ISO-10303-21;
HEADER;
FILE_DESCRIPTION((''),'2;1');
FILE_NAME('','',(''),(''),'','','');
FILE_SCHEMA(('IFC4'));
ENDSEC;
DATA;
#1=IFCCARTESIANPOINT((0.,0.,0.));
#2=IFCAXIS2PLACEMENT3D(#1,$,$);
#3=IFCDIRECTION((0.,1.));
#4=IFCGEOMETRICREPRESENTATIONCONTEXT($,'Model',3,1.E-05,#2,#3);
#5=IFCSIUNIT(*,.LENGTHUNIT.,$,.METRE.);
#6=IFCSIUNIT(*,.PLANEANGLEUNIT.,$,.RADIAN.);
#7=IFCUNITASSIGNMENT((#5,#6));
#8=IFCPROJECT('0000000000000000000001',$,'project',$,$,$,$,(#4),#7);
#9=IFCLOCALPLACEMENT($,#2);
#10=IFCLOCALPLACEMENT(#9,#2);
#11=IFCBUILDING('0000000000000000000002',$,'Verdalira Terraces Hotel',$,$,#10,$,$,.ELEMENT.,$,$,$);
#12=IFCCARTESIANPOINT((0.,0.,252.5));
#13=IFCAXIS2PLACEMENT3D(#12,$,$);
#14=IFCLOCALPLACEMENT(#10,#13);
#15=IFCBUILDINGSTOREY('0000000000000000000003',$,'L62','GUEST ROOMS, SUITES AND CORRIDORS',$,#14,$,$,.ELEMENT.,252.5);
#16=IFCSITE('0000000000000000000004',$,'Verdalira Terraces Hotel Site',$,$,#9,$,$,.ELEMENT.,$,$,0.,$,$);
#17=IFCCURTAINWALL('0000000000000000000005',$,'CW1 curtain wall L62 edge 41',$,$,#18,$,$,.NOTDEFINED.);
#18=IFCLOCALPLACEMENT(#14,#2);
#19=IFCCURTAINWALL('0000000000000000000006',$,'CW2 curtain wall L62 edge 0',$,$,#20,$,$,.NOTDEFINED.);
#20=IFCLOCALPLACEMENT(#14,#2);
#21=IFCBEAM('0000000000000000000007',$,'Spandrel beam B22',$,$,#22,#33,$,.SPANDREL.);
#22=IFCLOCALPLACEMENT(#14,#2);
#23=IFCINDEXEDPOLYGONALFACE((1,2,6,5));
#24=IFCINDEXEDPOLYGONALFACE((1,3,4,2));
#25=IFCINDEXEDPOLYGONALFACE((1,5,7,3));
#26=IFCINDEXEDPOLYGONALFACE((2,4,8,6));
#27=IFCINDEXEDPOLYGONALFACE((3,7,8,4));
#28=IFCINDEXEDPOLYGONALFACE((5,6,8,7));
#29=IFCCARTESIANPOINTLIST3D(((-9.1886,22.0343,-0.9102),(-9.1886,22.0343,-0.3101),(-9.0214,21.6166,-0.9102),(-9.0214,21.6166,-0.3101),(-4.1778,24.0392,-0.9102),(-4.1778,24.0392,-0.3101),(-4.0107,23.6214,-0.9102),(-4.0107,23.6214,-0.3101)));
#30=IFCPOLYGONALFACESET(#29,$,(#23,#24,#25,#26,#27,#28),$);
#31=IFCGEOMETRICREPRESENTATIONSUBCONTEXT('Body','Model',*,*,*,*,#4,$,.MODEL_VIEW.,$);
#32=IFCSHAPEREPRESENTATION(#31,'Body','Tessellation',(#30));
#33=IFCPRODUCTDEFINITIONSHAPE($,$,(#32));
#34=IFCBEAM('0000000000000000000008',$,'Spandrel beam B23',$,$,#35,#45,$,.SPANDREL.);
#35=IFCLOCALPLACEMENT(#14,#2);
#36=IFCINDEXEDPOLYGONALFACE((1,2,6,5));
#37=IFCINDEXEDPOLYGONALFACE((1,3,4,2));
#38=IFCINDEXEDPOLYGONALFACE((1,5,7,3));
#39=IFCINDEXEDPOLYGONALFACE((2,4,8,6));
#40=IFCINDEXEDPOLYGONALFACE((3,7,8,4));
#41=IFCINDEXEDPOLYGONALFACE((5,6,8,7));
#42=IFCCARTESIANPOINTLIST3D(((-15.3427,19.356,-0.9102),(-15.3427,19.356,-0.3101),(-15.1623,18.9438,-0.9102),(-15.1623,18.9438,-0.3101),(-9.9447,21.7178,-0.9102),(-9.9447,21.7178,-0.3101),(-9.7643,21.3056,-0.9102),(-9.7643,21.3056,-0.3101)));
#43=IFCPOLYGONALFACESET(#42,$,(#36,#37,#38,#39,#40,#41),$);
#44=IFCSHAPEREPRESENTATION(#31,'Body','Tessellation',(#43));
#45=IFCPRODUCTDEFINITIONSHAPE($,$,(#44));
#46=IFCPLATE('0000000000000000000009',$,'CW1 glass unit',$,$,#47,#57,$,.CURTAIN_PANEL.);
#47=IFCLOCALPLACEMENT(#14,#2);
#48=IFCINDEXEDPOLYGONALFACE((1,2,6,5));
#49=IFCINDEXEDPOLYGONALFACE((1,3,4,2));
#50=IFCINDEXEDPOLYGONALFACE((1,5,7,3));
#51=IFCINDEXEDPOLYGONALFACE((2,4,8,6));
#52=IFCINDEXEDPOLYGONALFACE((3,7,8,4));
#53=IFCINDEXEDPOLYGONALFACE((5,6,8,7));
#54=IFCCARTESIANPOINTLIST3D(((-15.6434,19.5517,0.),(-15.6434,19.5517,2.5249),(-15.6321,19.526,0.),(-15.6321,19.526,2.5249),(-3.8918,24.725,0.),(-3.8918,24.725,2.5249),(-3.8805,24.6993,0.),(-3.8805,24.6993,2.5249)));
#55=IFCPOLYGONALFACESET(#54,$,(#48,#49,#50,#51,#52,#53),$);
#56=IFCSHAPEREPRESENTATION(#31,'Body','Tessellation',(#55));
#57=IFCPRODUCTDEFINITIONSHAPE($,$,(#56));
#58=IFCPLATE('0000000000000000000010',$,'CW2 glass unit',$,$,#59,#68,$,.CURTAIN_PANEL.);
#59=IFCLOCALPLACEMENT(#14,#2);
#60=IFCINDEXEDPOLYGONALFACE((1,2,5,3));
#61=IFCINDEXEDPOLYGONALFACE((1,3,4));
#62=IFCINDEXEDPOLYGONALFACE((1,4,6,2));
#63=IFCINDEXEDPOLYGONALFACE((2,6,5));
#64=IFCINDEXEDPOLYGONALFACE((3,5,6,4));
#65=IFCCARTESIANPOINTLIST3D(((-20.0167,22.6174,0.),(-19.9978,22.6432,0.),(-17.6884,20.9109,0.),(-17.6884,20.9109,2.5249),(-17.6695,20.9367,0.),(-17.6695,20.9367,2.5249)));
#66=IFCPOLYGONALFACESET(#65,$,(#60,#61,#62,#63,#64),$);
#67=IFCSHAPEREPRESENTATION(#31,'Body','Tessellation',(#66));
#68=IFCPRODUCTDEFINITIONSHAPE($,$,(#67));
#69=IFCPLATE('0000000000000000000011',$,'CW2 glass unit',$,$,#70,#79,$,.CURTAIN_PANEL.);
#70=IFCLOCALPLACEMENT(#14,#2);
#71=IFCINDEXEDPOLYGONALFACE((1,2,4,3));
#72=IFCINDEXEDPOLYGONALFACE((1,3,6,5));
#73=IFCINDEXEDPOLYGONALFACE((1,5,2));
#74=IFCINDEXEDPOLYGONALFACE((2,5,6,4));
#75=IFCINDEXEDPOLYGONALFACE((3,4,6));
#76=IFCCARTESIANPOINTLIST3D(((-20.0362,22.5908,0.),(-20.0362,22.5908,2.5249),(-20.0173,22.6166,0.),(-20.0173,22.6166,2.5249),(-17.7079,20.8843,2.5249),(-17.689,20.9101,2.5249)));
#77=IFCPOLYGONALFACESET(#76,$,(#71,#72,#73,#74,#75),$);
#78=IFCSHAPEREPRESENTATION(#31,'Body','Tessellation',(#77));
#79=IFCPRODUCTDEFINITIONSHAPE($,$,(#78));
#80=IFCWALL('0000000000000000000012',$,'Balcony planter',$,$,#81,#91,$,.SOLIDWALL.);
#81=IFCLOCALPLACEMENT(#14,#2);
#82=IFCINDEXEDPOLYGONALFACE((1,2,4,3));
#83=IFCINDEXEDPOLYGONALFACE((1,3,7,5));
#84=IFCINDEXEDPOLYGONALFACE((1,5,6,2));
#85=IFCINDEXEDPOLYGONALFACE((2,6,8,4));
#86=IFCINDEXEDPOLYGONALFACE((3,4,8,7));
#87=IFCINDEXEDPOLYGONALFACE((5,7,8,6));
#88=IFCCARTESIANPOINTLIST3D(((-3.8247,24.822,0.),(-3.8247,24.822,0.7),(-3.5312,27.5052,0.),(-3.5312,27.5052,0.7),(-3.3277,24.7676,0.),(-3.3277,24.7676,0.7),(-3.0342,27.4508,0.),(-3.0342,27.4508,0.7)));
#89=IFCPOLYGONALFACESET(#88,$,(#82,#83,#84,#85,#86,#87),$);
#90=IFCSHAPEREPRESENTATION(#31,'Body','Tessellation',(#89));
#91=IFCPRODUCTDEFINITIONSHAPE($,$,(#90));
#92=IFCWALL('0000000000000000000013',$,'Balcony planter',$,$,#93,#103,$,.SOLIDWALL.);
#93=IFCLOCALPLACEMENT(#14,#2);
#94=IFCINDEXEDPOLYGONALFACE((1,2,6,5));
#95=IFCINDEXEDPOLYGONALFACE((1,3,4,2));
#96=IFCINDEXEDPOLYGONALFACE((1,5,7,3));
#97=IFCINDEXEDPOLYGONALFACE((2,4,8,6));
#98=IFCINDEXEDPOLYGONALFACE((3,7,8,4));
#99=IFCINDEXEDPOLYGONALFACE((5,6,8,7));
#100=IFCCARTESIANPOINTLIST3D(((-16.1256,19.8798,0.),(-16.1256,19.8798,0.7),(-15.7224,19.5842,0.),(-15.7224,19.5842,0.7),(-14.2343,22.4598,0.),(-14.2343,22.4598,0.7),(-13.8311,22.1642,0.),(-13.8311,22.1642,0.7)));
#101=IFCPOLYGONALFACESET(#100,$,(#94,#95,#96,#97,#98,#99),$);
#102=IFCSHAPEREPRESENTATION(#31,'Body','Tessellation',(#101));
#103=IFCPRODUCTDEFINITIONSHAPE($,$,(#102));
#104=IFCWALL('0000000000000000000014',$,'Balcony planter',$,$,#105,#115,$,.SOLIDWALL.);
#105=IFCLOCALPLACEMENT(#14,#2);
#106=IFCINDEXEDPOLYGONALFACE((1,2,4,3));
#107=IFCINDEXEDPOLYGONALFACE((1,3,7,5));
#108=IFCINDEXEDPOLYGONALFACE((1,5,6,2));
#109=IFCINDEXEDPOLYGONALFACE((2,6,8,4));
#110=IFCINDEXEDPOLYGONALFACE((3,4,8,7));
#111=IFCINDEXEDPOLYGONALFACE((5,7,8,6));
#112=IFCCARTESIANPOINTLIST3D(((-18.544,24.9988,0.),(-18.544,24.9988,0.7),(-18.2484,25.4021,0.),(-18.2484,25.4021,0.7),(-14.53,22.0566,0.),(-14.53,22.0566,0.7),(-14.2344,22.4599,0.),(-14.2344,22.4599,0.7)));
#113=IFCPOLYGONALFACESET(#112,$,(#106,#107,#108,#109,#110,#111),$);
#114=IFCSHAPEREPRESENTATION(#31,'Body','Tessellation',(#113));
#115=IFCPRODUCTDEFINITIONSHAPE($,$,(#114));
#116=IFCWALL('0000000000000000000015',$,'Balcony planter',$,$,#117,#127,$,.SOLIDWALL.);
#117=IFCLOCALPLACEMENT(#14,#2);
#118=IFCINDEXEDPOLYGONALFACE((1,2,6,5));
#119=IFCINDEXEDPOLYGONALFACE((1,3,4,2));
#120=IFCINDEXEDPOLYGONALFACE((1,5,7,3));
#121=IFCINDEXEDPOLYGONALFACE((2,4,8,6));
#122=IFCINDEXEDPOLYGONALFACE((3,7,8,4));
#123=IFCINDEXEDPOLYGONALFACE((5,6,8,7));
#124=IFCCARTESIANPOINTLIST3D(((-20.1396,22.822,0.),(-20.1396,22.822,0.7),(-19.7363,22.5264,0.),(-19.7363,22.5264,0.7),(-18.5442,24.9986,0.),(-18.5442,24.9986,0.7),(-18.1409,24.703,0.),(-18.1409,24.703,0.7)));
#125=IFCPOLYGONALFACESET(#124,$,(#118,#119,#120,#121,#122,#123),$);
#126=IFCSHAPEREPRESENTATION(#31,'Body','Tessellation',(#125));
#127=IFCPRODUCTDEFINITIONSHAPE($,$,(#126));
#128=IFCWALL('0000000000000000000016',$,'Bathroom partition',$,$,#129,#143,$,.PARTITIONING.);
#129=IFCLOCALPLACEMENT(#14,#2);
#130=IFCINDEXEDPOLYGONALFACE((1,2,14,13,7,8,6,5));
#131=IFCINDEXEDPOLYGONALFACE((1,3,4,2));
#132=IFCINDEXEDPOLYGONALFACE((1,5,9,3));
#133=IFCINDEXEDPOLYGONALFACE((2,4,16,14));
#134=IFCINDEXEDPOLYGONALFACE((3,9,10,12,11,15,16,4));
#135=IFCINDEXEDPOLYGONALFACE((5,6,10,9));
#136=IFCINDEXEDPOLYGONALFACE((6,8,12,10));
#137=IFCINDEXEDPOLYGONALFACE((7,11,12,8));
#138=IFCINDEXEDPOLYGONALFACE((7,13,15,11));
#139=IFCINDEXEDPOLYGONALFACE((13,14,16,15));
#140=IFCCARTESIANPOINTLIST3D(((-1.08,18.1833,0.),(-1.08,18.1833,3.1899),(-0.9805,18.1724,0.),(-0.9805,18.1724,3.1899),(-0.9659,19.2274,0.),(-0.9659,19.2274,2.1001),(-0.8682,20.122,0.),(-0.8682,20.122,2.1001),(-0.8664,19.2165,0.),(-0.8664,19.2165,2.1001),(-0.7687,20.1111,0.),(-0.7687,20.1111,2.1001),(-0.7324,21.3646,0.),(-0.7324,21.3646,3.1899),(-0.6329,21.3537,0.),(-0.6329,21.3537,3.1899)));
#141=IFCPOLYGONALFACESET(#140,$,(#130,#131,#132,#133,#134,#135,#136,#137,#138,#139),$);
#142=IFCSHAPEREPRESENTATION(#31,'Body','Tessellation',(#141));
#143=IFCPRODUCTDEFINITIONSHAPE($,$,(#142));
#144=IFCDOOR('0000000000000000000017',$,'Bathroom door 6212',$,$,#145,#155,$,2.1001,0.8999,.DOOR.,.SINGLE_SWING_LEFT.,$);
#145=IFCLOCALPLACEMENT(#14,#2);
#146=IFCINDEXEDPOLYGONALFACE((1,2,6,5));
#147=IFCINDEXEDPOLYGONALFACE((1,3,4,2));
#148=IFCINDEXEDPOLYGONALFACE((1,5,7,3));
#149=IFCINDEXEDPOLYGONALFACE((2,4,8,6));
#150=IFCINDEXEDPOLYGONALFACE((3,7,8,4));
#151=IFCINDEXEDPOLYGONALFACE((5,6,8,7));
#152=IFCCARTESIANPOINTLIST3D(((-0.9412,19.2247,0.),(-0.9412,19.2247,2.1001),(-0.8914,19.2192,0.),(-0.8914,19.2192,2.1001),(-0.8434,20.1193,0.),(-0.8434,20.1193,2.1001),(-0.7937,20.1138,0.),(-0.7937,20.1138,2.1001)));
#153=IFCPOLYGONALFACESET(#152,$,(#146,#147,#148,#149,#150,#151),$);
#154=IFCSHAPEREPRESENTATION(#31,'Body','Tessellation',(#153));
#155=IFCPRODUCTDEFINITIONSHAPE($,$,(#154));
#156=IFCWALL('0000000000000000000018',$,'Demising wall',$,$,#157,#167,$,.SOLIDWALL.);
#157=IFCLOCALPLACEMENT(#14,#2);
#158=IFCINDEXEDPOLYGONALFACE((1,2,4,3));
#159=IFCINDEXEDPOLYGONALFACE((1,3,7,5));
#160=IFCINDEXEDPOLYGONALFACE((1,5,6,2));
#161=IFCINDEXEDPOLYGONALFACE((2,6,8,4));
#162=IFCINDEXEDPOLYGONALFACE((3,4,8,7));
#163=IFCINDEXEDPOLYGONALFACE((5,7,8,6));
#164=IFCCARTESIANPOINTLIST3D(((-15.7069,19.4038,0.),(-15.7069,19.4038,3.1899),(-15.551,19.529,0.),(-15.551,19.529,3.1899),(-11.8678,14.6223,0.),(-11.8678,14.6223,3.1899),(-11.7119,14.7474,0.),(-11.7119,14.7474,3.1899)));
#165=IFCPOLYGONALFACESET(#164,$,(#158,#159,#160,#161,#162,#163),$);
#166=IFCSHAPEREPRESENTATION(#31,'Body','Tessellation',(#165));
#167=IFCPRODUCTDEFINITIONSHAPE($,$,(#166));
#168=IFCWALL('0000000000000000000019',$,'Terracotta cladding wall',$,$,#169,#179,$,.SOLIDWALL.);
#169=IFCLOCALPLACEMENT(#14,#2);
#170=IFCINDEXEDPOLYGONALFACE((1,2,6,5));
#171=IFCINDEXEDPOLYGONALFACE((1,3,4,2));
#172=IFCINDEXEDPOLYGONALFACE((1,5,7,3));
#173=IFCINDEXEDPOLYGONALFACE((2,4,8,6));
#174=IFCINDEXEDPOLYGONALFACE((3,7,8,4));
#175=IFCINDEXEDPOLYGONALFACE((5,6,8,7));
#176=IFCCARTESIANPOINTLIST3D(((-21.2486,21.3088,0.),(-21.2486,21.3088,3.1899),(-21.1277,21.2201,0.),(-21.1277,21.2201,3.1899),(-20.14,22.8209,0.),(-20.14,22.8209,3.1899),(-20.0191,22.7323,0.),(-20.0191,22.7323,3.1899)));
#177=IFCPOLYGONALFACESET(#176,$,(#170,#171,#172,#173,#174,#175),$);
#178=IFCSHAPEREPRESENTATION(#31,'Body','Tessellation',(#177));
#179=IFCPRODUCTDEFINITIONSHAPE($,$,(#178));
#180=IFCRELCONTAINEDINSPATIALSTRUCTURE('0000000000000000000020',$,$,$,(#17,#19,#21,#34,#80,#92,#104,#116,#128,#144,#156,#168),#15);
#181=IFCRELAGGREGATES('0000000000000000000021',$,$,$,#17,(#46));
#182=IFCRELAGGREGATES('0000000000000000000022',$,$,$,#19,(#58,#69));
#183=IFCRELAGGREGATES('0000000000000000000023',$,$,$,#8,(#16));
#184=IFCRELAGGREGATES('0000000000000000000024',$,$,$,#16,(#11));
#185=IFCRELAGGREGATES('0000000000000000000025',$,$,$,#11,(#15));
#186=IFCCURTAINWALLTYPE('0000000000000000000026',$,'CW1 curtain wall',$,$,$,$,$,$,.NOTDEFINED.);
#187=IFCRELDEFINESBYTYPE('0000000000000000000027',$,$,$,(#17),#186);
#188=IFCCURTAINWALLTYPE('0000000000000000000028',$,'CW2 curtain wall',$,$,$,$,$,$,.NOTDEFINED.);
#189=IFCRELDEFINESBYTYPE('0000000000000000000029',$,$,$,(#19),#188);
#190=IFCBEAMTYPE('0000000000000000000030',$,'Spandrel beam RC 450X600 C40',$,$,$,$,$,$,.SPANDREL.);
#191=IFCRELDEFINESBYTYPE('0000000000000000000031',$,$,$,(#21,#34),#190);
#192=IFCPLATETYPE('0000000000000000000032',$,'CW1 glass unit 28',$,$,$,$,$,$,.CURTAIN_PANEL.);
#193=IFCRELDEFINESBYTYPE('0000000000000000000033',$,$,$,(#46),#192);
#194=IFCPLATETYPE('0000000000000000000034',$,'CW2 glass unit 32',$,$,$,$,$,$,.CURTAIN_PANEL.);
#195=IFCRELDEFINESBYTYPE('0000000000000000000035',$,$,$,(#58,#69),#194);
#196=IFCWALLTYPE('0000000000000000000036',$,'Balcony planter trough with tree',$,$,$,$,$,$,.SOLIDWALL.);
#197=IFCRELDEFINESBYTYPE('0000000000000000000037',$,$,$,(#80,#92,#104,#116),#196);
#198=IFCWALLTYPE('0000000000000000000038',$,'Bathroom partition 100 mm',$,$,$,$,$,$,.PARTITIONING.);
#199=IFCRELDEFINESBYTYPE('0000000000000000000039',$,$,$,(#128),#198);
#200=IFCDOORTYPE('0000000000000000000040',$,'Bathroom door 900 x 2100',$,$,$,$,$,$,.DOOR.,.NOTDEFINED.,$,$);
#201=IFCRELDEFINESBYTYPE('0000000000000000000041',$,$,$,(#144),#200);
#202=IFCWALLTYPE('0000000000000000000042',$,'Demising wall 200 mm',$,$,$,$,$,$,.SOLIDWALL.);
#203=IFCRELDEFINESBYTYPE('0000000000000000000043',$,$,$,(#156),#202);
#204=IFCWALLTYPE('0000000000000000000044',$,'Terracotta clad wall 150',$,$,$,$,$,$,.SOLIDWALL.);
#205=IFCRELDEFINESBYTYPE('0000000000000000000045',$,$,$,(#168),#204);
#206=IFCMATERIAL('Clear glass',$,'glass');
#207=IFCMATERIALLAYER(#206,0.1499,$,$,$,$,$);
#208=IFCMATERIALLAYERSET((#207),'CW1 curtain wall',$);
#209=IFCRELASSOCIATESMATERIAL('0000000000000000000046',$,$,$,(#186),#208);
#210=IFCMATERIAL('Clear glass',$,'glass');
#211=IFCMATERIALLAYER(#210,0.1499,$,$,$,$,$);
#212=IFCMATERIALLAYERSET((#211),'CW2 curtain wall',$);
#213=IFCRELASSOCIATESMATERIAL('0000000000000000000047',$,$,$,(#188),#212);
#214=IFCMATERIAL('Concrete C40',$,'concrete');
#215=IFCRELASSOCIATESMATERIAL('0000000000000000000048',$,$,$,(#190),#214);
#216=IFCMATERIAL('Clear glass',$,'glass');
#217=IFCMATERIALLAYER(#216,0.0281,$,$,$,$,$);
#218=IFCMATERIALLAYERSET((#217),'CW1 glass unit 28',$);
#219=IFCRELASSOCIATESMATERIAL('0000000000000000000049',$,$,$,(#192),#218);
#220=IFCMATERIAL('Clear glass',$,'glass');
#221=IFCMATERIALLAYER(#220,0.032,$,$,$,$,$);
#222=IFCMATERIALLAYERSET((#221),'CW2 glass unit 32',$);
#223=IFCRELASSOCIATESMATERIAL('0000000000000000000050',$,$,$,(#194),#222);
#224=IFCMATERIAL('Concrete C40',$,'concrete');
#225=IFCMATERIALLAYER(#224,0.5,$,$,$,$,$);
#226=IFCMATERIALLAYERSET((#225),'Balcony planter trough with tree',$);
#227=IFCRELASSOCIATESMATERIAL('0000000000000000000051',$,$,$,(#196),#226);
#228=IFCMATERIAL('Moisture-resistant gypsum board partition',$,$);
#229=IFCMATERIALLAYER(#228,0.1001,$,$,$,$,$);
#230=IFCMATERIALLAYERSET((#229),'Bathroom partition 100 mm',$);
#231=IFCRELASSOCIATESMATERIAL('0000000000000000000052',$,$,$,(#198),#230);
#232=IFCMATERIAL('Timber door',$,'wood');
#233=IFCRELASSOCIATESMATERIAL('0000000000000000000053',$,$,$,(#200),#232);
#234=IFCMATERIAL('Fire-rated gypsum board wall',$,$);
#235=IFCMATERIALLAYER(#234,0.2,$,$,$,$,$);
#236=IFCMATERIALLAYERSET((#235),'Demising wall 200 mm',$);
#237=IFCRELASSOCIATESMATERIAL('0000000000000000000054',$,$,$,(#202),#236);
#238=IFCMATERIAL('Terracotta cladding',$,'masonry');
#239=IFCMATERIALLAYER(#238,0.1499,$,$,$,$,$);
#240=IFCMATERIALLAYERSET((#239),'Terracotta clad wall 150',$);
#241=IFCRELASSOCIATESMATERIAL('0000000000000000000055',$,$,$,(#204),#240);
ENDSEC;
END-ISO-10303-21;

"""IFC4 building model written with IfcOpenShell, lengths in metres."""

from ifc_helpers import new_model, si_unit, direction, frame, frame_2d, origin, origin_2d, place, context, subcontext, project, spatial, polyline, rectangle, outline, extrude, material, layer, layer_set, material_profile, profile_set, type_object, element, fill, aggregate, save


model = new_model("IFC4")

# Units and contexts
model_context = context("Model", 3, precision=1e-05, world=origin(), true_north=direction((0.0, 1.0)))
body_context = subcontext(model_context, "Body", "Model", "MODEL_VIEW")
ifc_project = project(units=[si_unit("LENGTHUNIT", "METRE"), si_unit("PLANEANGLEUNIT", "RADIAN")], contexts=[model_context])

# Site, building, storey
site_placement = place(None, origin())
site = spatial("IfcSite", under=ifc_project, at=site_placement, Name="Verdalira Terraces Hotel Site", CompositionType="ELEMENT", RefElevation=0.0)
building_placement = place(site_placement, origin())
building = spatial("IfcBuilding", under=site, at=building_placement, Name="Verdalira Terraces Hotel", CompositionType="ELEMENT")
storey_placement = place(building_placement, frame((0.0, 0.0, 252.5)))
storey = spatial("IfcBuildingStorey", under=building, at=storey_placement, Name="L62", Description="GUEST ROOMS, SUITES AND CORRIDORS", CompositionType="ELEMENT", Elevation=252.5)

# Shared definitions
ifc_material_1 = material(Name="Clear glass", Category="glass")
ifc_layer_1 = layer(ifc_material_1, 0.1499)
ifc_layer_set_1 = layer_set([ifc_layer_1], Name="CW1 curtain wall")
curtain_wall_type_1 = type_object("IfcCurtainWallType", Name="CW1 curtain wall", PredefinedType="NOTDEFINED", material=ifc_layer_set_1)

# Curtain walls
curtain_wall_1_placement = place(storey_placement, origin())
curtain_wall_1 = element("IfcCurtainWall", 1, at=curtain_wall_1_placement, inside=storey, type_object=curtain_wall_type_1, Name="CW1 curtain wall L62 edge 41", PredefinedType="NOTDEFINED")
ifc_material_2 = material(Name="Clear glass", Category="glass")
ifc_layer_2 = layer(ifc_material_2, 0.1499)
ifc_layer_set_2 = layer_set([ifc_layer_2], Name="CW2 curtain wall")
curtain_wall_type_2 = type_object("IfcCurtainWallType", Name="CW2 curtain wall", PredefinedType="NOTDEFINED", material=ifc_layer_set_2)
curtain_wall_2_placement = place(storey_placement, origin())
curtain_wall_2 = element("IfcCurtainWall", 2, at=curtain_wall_2_placement, inside=storey, type_object=curtain_wall_type_2, Name="CW2 curtain wall L62 edge 0", PredefinedType="NOTDEFINED")

# Beams
ifc_material_3 = material(Name="Concrete C40", Category="concrete")
ifc_material_profile_1 = material_profile(ifc_material_3, rectangle(XDim=0.45, YDim=0.6001, at=origin_2d()), Name="RC 450X600")
ifc_profile_set_1 = profile_set([ifc_material_profile_1], Name="Concrete C40")
beam_type_1 = type_object("IfcBeamType", Name="Spandrel beam RC 450X600 C40", PredefinedType="SPANDREL", material=ifc_profile_set_1)
beam_1_placement = place(storey_placement, frame((-4.0942, 23.8303, -0.6101), z_axis=(-0.928439, -0.371484, 0.0), x_axis=(0.371484, -0.928439, 0.0)))
element("IfcBeam", 3, at=beam_1_placement, inside=storey, type_object=beam_type_1, Name="Spandrel beam B22", PredefinedType="SPANDREL", context=body_context, shape_type="SweptSolid", body=[
    extrude(rectangle(XDim=0.45, YDim=0.6001, at=origin_2d()), origin(), (0.0, 0.0, 1.0), 5.397),
])
beam_2_placement = place(storey_placement, frame((-9.8545, 21.5117, -0.6101), z_axis=(-0.916144, -0.400849, 0.0), x_axis=(0.400849, -0.916144, 0.0)))
element("IfcBeam", 4, at=beam_2_placement, inside=storey, type_object=beam_type_1, Name="Spandrel beam B23", PredefinedType="SPANDREL", context=body_context, shape_type="SweptSolid", body=[
    extrude(rectangle(XDim=0.45, YDim=0.6001, at=origin_2d()), origin(), (0.0, 0.0, 1.0), 5.8921),
])

# Plates
ifc_material_4 = material(Name="Clear glass", Category="glass")
ifc_layer_3 = layer(ifc_material_4, 0.0281)
ifc_layer_set_3 = layer_set([ifc_layer_3], Name="CW1 glass unit 28")
plate_type_1 = type_object("IfcPlateType", Name="CW1 glass unit 28", PredefinedType="CURTAIN_PANEL", material=ifc_layer_set_3)
plate_1_placement = place(storey_placement, frame((-9.762, 22.1255, 0.0), z_axis=(0.0, 0.0, 1.0), x_axis=(-0.915241, -0.402906, 0.0)))
plate_1 = element("IfcPlate", 5, at=plate_1_placement, type_object=plate_type_1, Name="CW1 glass unit", PredefinedType="CURTAIN_PANEL", context=body_context, shape_type="SweptSolid", body=[
    extrude(rectangle(XDim=12.8398, YDim=0.0281, at=origin_2d()), origin(), (0.0, 0.0, 1.0), 2.5249),
])
aggregate(curtain_wall_1, [plate_1])
ifc_material_5 = material(Name="Clear glass", Category="glass")
ifc_layer_4 = layer(ifc_material_5, 0.032)
ifc_layer_set_4 = layer_set([ifc_layer_4], Name="CW2 glass unit 32")
plate_type_2 = type_object("IfcPlateType", Name="CW2 glass unit 32", PredefinedType="CURTAIN_PANEL", material=ifc_layer_set_4)
plate_2_placement = place(storey_placement, frame((-18.8525, 21.7642, 1.2625), z_axis=(0.591169, 0.806548, 0.0), x_axis=(-0.806548, 0.591169, 0.0)))
plate_2 = element("IfcPlate", 6, at=plate_2_placement, type_object=plate_type_2, Name="CW2 glass unit", PredefinedType="CURTAIN_PANEL", context=body_context, shape_type="SweptSolid", body=[
    extrude(outline(polyline([(-1.4434, -1.2625), (1.4434, -1.2625), (-1.4434, 1.2625), (-1.4434, -1.2625)])), origin(), (0.0, 0.0, 1.0), 0.032),
])
plate_3_placement = place(storey_placement, frame((-18.8721, 21.7375, 1.2625), z_axis=(0.591169, 0.806548, 0.0), x_axis=(-0.806548, 0.591169, 0.0)))
plate_3 = element("IfcPlate", 7, at=plate_3_placement, type_object=plate_type_2, Name="CW2 glass unit", PredefinedType="CURTAIN_PANEL", context=body_context, shape_type="SweptSolid", body=[
    extrude(outline(polyline([(1.4434, -1.2625), (1.4434, 1.2625), (-1.4434, 1.2625), (1.4434, -1.2625)])), origin(), (0.0, 0.0, 1.0), 0.032),
])
aggregate(curtain_wall_2, [plate_2, plate_3])

# Walls
ifc_material_6 = material(Name="Concrete C40", Category="concrete")
ifc_layer_5 = layer(ifc_material_6, 0.5)
ifc_layer_set_5 = layer_set([ifc_layer_5], Name="Balcony planter trough with tree")
wall_type_1 = type_object("IfcWallType", Name="Balcony planter trough with tree", PredefinedType="SOLIDWALL", material=ifc_layer_set_5)
wall_1_placement = place(storey_placement, frame((-3.2827, 27.478, 0.0), z_axis=(0.0, 0.0, 1.0), x_axis=(-0.108724, -0.994072, 0.0)))
element("IfcWall", 8, at=wall_1_placement, inside=storey, type_object=wall_type_1, Name="Balcony planter", PredefinedType="SOLIDWALL", context=body_context, shape_type="SweptSolid", body=[
    extrude(rectangle(XDim=2.6992, YDim=0.5, at=frame_2d((1.3496, 0.0))), origin(), (0.0, 0.0, 1.0), 0.7),
])
wall_2_placement = place(storey_placement, frame((-15.9241, 19.7319, 0.0), z_axis=(0.0, 0.0, 1.0), x_axis=(0.591221, 0.806509, 0.0)))
element("IfcWall", 9, at=wall_2_placement, inside=storey, type_object=wall_type_1, Name="Balcony planter", PredefinedType="SOLIDWALL", context=body_context, shape_type="SweptSolid", body=[
    extrude(rectangle(XDim=3.199, YDim=0.5, at=frame_2d((1.5996, 0.0))), origin(), (0.0, 0.0, 1.0), 0.7),
])
wall_3_placement = place(storey_placement, frame((-14.3823, 22.2583, 0.0), z_axis=(0.0, 0.0, 1.0), x_axis=(-0.806539, 0.591181, 0.0)))
element("IfcWall", 10, at=wall_3_placement, inside=storey, type_object=wall_type_1, Name="Balcony planter", PredefinedType="SOLIDWALL", context=body_context, shape_type="SweptSolid", body=[
    extrude(rectangle(XDim=4.9768, YDim=0.5, at=frame_2d((2.4883, 0.0))), origin(), (0.0, 0.0, 1.0), 0.7),
])
wall_4_placement = place(storey_placement, frame((-18.3425, 24.8508, 0.0), z_axis=(0.0, 0.0, 1.0), x_axis=(-0.591164, -0.806552, 0.0)))
element("IfcWall", 11, at=wall_4_placement, inside=storey, type_object=wall_type_1, Name="Balcony planter", PredefinedType="SOLIDWALL", context=body_context, shape_type="SweptSolid", body=[
    extrude(rectangle(XDim=2.6987, YDim=0.5, at=frame_2d((1.3494, 0.0))), origin(), (0.0, 0.0, 1.0), 0.7),
])

# Wall, opening, door
ifc_material_7 = material(Name="Moisture-resistant gypsum board partition")
ifc_layer_6 = layer(ifc_material_7, 0.1001)
ifc_layer_set_6 = layer_set([ifc_layer_6], Name="Bathroom partition 100 mm")
wall_type_2 = type_object("IfcWallType", Name="Bathroom partition 100 mm", PredefinedType="PARTITIONING", material=ifc_layer_set_6)
wall_5_placement = place(storey_placement, frame((-0.6826, 21.3591, 0.0), z_axis=(0.0, 0.0, 1.0), x_axis=(-0.108639, -0.994081, 0.0)))
wall_5 = element("IfcWall", 12, at=wall_5_placement, inside=storey, type_object=wall_type_2, Name="Bathroom partition", PredefinedType="PARTITIONING", context=body_context, shape_type="SweptSolid", body=[
    extrude(rectangle(XDim=3.2002, YDim=0.1001, at=frame_2d((1.6001, 0.0))), origin(), (0.0, 0.0, 1.0), 3.1899),
])
opening_1_placement = place(wall_5_placement, frame((1.25, 0.0, 0.0)))
opening_1 = element("IfcOpeningElement", 13, at=opening_1_placement, cuts=wall_5, PredefinedType="OPENING", context=body_context, shape_type="SweptSolid", body=[
    extrude(rectangle(XDim=0.8999, YDim=2.1001, at=frame_2d((0.45, 1.05))), frame((0.0, 0.0601, 0.0), z_axis=(0.0, -1.0, 0.0), x_axis=(1.0, 0.0, 0.0)), (0.0, 0.0, 1.0), 0.1201),
])
ifc_material_8 = material(Name="Timber door", Category="wood")
door_type_1 = type_object("IfcDoorType", Name="Bathroom door 900 x 2100", OperationType="NOTDEFINED", PredefinedType="DOOR", material=ifc_material_8)
door_1_placement = place(opening_1_placement, origin())
door_1 = element("IfcDoor", 14, at=door_1_placement, inside=storey, type_object=door_type_1, Name="Bathroom door 6212", OperationType="SINGLE_SWING_LEFT", OverallHeight=2.1001, OverallWidth=0.8999, PredefinedType="DOOR", context=body_context, shape_type="SweptSolid", body=[
    extrude(rectangle(XDim=0.8999, YDim=2.1001, at=frame_2d((0.45, 1.05))), frame((0.0, 0.0249, 0.0), z_axis=(0.0, -1.0, 0.0), x_axis=(1.0, 0.0, 0.0)), (0.0, 0.0, 1.0), 0.05),
])
fill(opening_1, door_1)

# Walls
ifc_material_9 = material(Name="Fire-rated gypsum board wall")
ifc_layer_7 = layer(ifc_material_9, 0.2)
ifc_layer_set_7 = layer_set([ifc_layer_7], Name="Demising wall 200 mm")
wall_type_3 = type_object("IfcWallType", Name="Demising wall 200 mm", PredefinedType="SOLIDWALL", material=ifc_layer_set_7)
wall_6_placement = place(storey_placement, frame((-15.6289, 19.4663, 0.0), z_axis=(0.0, 0.0, 1.0), x_axis=(0.626078, -0.779761, 0.0)))
element("IfcWall", 15, at=wall_6_placement, inside=storey, type_object=wall_type_3, Name="Demising wall", PredefinedType="SOLIDWALL", context=body_context, shape_type="SweptSolid", body=[
    extrude(rectangle(XDim=6.1321, YDim=0.2, at=frame_2d((3.0659, 0.0))), origin(), (0.0, 0.0, 1.0), 3.1899),
])
ifc_material_10 = material(Name="Terracotta cladding", Category="masonry")
ifc_layer_8 = layer(ifc_material_10, 0.1499)
ifc_layer_set_8 = layer_set([ifc_layer_8], Name="Terracotta clad wall 150")
wall_type_4 = type_object("IfcWallType", Name="Terracotta clad wall 150", PredefinedType="SOLIDWALL", material=ifc_layer_set_8)
wall_7_placement = place(storey_placement, frame((-20.0796, 22.7766, 0.0), z_axis=(0.0, 0.0, 1.0), x_axis=(-0.591256, -0.806484, 0.0)))
element("IfcWall", 16, at=wall_7_placement, inside=storey, type_object=wall_type_4, Name="Terracotta cladding wall", PredefinedType="SOLIDWALL", context=body_context, shape_type="SweptSolid", body=[
    extrude(rectangle(XDim=1.875, YDim=0.1499, at=frame_2d((0.9375, 0.0))), origin(), (0.0, 0.0, 1.0), 3.1899),
])

save(model, "model.ifc")
